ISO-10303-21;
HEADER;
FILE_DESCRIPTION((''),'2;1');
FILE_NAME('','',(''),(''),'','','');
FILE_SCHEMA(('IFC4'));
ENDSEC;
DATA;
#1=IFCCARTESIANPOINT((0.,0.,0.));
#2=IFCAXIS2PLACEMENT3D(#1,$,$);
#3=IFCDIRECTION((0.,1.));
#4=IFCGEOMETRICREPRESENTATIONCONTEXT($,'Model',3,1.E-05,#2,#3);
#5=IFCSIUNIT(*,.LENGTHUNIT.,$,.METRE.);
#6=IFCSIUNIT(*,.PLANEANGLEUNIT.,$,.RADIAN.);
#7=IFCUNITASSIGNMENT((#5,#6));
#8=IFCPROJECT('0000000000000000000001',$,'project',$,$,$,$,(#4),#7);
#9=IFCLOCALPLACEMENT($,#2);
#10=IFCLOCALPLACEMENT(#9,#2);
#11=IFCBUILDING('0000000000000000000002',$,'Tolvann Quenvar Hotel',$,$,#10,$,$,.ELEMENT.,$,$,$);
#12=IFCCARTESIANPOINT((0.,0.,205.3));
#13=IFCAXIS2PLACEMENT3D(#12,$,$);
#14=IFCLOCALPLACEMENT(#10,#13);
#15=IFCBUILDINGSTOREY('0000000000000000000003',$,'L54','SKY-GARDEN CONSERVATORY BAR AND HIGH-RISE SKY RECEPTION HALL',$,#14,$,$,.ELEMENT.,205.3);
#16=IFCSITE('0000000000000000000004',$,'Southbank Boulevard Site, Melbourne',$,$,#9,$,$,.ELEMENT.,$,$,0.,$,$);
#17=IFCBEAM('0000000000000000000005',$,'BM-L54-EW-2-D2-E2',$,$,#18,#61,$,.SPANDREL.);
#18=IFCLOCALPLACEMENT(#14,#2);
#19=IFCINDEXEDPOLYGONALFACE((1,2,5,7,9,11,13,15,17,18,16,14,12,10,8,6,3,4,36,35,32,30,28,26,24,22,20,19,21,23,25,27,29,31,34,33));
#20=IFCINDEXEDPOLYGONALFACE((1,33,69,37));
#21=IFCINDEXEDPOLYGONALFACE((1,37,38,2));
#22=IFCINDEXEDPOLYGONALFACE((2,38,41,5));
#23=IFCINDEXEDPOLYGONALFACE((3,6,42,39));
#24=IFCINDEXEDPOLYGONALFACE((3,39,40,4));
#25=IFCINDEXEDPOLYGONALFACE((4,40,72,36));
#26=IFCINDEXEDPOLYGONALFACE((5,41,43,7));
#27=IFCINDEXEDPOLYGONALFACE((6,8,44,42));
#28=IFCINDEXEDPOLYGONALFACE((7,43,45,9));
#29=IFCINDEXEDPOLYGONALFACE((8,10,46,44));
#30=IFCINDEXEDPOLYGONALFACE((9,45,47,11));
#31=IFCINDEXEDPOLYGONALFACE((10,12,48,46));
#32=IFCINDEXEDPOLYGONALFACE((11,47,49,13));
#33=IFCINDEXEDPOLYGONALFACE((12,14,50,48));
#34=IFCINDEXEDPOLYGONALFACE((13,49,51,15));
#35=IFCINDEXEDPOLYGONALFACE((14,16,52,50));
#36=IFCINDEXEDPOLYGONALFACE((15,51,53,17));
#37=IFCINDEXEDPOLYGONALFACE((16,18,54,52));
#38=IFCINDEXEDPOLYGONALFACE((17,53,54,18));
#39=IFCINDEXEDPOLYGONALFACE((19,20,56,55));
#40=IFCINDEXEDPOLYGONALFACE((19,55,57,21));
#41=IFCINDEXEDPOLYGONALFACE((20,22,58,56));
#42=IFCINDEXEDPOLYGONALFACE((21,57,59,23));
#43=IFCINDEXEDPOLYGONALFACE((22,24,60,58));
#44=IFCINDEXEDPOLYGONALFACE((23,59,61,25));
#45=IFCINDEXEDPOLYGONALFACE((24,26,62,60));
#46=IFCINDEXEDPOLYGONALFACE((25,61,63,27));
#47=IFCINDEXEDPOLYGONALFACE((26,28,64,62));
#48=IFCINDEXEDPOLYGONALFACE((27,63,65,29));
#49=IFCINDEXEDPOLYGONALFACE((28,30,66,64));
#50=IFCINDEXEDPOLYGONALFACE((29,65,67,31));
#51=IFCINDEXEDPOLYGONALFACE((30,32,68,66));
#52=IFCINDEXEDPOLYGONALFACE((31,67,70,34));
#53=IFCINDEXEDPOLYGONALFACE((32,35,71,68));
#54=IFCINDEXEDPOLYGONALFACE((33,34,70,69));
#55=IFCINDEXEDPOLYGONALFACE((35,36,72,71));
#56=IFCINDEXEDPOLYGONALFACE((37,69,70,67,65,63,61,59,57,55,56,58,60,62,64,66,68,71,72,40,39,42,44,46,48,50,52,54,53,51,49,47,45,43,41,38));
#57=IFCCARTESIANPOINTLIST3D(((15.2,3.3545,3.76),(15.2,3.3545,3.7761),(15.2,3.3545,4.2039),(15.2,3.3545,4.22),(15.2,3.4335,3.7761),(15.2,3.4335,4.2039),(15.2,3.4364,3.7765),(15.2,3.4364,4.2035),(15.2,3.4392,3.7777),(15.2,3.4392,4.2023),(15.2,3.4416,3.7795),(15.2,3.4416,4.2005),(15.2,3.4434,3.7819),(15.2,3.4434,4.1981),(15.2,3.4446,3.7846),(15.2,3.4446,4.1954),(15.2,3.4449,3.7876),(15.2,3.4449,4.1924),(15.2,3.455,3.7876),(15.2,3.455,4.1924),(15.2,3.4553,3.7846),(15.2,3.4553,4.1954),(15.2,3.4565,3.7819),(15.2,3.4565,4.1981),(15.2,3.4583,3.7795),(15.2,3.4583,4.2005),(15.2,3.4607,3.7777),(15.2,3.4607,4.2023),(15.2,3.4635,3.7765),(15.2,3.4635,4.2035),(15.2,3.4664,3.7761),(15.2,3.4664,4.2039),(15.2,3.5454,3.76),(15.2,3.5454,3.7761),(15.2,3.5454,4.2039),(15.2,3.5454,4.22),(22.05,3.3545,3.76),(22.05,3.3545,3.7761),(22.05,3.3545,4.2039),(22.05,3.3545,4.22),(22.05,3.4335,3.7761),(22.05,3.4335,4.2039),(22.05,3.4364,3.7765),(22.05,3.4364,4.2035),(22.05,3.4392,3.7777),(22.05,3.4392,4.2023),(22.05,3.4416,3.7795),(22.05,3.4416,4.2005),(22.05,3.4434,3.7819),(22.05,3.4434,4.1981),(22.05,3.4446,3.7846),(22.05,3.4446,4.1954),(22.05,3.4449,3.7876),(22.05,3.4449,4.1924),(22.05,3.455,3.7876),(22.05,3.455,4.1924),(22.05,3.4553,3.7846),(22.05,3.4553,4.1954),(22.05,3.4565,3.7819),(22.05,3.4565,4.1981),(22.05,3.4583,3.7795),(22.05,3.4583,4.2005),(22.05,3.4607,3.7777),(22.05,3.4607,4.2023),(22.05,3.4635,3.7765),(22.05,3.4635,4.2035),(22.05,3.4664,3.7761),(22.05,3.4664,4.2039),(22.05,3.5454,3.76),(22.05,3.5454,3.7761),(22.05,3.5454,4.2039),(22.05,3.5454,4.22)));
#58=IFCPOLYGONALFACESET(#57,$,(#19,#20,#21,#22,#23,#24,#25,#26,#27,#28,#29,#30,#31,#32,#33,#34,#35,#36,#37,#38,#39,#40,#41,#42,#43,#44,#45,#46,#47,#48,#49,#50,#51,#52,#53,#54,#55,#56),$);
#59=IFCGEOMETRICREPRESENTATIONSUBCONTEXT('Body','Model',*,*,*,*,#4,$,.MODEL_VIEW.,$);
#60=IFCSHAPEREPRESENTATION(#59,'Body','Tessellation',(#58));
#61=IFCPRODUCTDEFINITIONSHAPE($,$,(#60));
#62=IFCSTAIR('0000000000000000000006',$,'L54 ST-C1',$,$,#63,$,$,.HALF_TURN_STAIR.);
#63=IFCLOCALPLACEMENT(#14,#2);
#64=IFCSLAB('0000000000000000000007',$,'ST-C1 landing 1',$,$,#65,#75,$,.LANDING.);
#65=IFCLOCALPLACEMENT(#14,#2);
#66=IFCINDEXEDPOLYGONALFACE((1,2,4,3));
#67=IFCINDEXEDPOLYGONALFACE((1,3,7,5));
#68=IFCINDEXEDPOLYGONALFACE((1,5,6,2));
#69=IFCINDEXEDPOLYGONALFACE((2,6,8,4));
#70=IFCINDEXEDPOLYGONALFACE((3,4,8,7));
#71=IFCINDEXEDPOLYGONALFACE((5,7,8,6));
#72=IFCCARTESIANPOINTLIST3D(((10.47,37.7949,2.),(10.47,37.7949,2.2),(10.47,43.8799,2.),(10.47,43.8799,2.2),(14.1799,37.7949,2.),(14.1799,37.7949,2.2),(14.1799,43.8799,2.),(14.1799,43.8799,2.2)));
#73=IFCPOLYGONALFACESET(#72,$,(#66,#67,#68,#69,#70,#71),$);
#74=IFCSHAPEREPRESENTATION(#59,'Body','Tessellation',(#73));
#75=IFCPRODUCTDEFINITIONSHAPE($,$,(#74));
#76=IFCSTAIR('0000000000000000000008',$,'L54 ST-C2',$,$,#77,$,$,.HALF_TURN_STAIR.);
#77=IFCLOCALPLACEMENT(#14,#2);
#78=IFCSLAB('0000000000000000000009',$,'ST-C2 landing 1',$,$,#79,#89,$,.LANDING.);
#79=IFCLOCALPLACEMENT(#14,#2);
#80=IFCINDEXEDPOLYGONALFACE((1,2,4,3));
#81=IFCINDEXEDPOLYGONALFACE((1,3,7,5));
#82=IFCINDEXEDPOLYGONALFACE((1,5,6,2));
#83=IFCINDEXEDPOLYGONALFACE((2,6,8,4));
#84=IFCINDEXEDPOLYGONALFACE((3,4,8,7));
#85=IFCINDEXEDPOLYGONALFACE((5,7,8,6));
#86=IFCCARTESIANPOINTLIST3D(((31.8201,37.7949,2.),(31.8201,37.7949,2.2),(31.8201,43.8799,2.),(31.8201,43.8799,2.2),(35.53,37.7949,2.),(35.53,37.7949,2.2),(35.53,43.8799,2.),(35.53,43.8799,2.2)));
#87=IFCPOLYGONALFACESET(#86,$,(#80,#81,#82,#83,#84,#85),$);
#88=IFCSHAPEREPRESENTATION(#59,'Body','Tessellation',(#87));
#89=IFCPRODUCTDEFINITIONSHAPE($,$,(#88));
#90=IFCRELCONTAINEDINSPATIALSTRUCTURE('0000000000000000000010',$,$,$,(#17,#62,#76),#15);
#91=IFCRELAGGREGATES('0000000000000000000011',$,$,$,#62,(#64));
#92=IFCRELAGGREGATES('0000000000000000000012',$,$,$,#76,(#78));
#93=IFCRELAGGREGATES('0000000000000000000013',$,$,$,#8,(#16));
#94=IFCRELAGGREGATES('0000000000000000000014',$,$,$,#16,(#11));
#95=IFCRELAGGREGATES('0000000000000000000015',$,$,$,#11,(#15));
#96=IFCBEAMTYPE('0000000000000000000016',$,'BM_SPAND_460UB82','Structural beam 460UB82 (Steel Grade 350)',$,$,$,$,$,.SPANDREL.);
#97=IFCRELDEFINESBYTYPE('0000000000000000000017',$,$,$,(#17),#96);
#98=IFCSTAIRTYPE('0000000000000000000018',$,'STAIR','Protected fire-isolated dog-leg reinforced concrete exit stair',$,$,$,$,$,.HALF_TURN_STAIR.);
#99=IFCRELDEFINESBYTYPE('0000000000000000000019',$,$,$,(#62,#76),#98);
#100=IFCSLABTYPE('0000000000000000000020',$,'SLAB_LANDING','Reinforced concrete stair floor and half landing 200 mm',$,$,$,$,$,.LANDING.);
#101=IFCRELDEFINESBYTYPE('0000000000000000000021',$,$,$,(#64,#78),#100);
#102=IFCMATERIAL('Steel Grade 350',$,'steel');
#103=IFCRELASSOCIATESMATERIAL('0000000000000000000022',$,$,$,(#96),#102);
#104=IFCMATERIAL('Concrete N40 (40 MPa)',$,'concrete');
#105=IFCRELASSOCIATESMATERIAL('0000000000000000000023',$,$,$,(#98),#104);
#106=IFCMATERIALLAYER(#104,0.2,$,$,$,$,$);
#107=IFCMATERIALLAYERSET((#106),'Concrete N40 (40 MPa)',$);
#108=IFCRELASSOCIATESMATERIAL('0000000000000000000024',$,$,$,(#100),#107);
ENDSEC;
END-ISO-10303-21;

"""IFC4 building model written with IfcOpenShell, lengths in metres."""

from ifc_helpers import new_model, si_unit, direction, frame, origin, origin_2d, place, context, subcontext, project, spatial, polyline, i_section, outline, extrude, source, transform, mapped, material, layer, layer_set, material_profile, profile_set, type_object, element, aggregate, save


model = new_model("IFC4")

# Units and contexts
model_context = context("Model", 3, precision=1e-05, world=origin(), true_north=direction((0.0, 1.0)))
body_context = subcontext(model_context, "Body", "Model", "MODEL_VIEW")
ifc_project = project(units=[si_unit("LENGTHUNIT", "METRE"), si_unit("PLANEANGLEUNIT", "RADIAN")], contexts=[model_context])

# Site, building, storey
site_placement = place(None, origin())
site = spatial("IfcSite", under=ifc_project, at=site_placement, Name="Southbank Boulevard Site, Melbourne", CompositionType="ELEMENT", RefElevation=0.0)
building_placement = place(site_placement, origin())
building = spatial("IfcBuilding", under=site, at=building_placement, Name="Tolvann Quenvar Hotel", CompositionType="ELEMENT")
storey_placement = place(building_placement, frame((0.0, 0.0, 205.3)))
storey = spatial("IfcBuildingStorey", under=building, at=storey_placement, Name="L54", Description="SKY-GARDEN CONSERVATORY BAR AND HIGH-RISE SKY RECEPTION HALL", CompositionType="ELEMENT", Elevation=205.3)

# Beam
ifc_material_1 = material(Name="Steel Grade 350", Category="steel")
ifc_material_profile_1 = material_profile(ifc_material_1, i_section(OverallWidth=0.1909, OverallDepth=0.46, WebThickness=0.01, FlangeThickness=0.0161, FilletRadius=0.0115, at=origin_2d()), Name="460UB82")
ifc_profile_set_1 = profile_set([ifc_material_profile_1], Name="Steel Grade 350")
beam_type_1 = type_object("IfcBeamType", Name="BM_SPAND_460UB82", Description="Structural beam 460UB82 (Steel Grade 350)", PredefinedType="SPANDREL", material=ifc_profile_set_1)
shared_shape_1 = source(origin(), body_context, "Body", "SweptSolid", [
    extrude(i_section(OverallWidth=0.1909, OverallDepth=0.46, WebThickness=0.01, FlangeThickness=0.0161, FilletRadius=0.0115, at=origin_2d()), origin(), (0.0, 0.0, 1.0), 6.8501),
])
beam_1_placement = place(storey_placement, frame((15.2, 3.45, 3.99), z_axis=(1.0, 0.0, 0.0), x_axis=(0.0, 1.0, 0.0)))
element("IfcBeam", 1, at=beam_1_placement, inside=storey, type_object=beam_type_1, Name="BM-L54-EW-2-D2-E2", PredefinedType="SPANDREL", context=body_context, shape_type="MappedRepresentation", body=[
    mapped(shared_shape_1, transform((0.0, 0.0, 0.0), x_axis=(1.0, 0.0, 0.0), y_axis=(0.0, 1.0, 0.0), z_axis=(0.0, 0.0, 1.0), scale=1.0)),
])

# Stairs, slabs
ifc_material_2 = material(Name="Concrete N40 (40 MPa)", Category="concrete")
stair_type = type_object("IfcStairType", Name="STAIR", Description="Protected fire-isolated dog-leg reinforced concrete exit stair", PredefinedType="HALF_TURN_STAIR", material=ifc_material_2)
stair_1_placement = place(storey_placement, origin())
stair_1 = element("IfcStair", 2, at=stair_1_placement, inside=storey, type_object=stair_type, Name="L54 ST-C1", PredefinedType="HALF_TURN_STAIR")
ifc_layer_1 = layer(ifc_material_2, 0.2)
ifc_layer_set_1 = layer_set([ifc_layer_1], Name="Concrete N40 (40 MPa)")
slab_type_1 = type_object("IfcSlabType", Name="SLAB_LANDING", Description="Reinforced concrete stair floor and half landing 200 mm", PredefinedType="LANDING", material=ifc_layer_set_1)
slab_1_placement = place(storey_placement, frame((0.0, 0.0, 2.0)))
slab_1 = element("IfcSlab", 3, at=slab_1_placement, type_object=slab_type_1, Name="ST-C1 landing 1", PredefinedType="LANDING", context=body_context, shape_type="SweptSolid", body=[
    extrude(outline(polyline([(14.1799, 37.7949), (14.1799, 43.8799), (10.47, 43.8799), (10.47, 37.7949), (14.1799, 37.7949)])), origin(), (0.0, 0.0, 1.0), 0.2),
])
aggregate(stair_1, [slab_1])
stair_2_placement = place(storey_placement, origin())
stair_2 = element("IfcStair", 4, at=stair_2_placement, inside=storey, type_object=stair_type, Name="L54 ST-C2", PredefinedType="HALF_TURN_STAIR")
slab_2_placement = place(storey_placement, frame((0.0, 0.0, 2.0)))
slab_2 = element("IfcSlab", 5, at=slab_2_placement, type_object=slab_type_1, Name="ST-C2 landing 1", PredefinedType="LANDING", context=body_context, shape_type="SweptSolid", body=[
    extrude(outline(polyline([(35.53, 37.7949), (35.53, 43.8799), (31.8201, 43.8799), (31.8201, 37.7949), (35.53, 37.7949)])), origin(), (0.0, 0.0, 1.0), 0.2),
])
aggregate(stair_2, [slab_2])

save(model, "model.ifc")
